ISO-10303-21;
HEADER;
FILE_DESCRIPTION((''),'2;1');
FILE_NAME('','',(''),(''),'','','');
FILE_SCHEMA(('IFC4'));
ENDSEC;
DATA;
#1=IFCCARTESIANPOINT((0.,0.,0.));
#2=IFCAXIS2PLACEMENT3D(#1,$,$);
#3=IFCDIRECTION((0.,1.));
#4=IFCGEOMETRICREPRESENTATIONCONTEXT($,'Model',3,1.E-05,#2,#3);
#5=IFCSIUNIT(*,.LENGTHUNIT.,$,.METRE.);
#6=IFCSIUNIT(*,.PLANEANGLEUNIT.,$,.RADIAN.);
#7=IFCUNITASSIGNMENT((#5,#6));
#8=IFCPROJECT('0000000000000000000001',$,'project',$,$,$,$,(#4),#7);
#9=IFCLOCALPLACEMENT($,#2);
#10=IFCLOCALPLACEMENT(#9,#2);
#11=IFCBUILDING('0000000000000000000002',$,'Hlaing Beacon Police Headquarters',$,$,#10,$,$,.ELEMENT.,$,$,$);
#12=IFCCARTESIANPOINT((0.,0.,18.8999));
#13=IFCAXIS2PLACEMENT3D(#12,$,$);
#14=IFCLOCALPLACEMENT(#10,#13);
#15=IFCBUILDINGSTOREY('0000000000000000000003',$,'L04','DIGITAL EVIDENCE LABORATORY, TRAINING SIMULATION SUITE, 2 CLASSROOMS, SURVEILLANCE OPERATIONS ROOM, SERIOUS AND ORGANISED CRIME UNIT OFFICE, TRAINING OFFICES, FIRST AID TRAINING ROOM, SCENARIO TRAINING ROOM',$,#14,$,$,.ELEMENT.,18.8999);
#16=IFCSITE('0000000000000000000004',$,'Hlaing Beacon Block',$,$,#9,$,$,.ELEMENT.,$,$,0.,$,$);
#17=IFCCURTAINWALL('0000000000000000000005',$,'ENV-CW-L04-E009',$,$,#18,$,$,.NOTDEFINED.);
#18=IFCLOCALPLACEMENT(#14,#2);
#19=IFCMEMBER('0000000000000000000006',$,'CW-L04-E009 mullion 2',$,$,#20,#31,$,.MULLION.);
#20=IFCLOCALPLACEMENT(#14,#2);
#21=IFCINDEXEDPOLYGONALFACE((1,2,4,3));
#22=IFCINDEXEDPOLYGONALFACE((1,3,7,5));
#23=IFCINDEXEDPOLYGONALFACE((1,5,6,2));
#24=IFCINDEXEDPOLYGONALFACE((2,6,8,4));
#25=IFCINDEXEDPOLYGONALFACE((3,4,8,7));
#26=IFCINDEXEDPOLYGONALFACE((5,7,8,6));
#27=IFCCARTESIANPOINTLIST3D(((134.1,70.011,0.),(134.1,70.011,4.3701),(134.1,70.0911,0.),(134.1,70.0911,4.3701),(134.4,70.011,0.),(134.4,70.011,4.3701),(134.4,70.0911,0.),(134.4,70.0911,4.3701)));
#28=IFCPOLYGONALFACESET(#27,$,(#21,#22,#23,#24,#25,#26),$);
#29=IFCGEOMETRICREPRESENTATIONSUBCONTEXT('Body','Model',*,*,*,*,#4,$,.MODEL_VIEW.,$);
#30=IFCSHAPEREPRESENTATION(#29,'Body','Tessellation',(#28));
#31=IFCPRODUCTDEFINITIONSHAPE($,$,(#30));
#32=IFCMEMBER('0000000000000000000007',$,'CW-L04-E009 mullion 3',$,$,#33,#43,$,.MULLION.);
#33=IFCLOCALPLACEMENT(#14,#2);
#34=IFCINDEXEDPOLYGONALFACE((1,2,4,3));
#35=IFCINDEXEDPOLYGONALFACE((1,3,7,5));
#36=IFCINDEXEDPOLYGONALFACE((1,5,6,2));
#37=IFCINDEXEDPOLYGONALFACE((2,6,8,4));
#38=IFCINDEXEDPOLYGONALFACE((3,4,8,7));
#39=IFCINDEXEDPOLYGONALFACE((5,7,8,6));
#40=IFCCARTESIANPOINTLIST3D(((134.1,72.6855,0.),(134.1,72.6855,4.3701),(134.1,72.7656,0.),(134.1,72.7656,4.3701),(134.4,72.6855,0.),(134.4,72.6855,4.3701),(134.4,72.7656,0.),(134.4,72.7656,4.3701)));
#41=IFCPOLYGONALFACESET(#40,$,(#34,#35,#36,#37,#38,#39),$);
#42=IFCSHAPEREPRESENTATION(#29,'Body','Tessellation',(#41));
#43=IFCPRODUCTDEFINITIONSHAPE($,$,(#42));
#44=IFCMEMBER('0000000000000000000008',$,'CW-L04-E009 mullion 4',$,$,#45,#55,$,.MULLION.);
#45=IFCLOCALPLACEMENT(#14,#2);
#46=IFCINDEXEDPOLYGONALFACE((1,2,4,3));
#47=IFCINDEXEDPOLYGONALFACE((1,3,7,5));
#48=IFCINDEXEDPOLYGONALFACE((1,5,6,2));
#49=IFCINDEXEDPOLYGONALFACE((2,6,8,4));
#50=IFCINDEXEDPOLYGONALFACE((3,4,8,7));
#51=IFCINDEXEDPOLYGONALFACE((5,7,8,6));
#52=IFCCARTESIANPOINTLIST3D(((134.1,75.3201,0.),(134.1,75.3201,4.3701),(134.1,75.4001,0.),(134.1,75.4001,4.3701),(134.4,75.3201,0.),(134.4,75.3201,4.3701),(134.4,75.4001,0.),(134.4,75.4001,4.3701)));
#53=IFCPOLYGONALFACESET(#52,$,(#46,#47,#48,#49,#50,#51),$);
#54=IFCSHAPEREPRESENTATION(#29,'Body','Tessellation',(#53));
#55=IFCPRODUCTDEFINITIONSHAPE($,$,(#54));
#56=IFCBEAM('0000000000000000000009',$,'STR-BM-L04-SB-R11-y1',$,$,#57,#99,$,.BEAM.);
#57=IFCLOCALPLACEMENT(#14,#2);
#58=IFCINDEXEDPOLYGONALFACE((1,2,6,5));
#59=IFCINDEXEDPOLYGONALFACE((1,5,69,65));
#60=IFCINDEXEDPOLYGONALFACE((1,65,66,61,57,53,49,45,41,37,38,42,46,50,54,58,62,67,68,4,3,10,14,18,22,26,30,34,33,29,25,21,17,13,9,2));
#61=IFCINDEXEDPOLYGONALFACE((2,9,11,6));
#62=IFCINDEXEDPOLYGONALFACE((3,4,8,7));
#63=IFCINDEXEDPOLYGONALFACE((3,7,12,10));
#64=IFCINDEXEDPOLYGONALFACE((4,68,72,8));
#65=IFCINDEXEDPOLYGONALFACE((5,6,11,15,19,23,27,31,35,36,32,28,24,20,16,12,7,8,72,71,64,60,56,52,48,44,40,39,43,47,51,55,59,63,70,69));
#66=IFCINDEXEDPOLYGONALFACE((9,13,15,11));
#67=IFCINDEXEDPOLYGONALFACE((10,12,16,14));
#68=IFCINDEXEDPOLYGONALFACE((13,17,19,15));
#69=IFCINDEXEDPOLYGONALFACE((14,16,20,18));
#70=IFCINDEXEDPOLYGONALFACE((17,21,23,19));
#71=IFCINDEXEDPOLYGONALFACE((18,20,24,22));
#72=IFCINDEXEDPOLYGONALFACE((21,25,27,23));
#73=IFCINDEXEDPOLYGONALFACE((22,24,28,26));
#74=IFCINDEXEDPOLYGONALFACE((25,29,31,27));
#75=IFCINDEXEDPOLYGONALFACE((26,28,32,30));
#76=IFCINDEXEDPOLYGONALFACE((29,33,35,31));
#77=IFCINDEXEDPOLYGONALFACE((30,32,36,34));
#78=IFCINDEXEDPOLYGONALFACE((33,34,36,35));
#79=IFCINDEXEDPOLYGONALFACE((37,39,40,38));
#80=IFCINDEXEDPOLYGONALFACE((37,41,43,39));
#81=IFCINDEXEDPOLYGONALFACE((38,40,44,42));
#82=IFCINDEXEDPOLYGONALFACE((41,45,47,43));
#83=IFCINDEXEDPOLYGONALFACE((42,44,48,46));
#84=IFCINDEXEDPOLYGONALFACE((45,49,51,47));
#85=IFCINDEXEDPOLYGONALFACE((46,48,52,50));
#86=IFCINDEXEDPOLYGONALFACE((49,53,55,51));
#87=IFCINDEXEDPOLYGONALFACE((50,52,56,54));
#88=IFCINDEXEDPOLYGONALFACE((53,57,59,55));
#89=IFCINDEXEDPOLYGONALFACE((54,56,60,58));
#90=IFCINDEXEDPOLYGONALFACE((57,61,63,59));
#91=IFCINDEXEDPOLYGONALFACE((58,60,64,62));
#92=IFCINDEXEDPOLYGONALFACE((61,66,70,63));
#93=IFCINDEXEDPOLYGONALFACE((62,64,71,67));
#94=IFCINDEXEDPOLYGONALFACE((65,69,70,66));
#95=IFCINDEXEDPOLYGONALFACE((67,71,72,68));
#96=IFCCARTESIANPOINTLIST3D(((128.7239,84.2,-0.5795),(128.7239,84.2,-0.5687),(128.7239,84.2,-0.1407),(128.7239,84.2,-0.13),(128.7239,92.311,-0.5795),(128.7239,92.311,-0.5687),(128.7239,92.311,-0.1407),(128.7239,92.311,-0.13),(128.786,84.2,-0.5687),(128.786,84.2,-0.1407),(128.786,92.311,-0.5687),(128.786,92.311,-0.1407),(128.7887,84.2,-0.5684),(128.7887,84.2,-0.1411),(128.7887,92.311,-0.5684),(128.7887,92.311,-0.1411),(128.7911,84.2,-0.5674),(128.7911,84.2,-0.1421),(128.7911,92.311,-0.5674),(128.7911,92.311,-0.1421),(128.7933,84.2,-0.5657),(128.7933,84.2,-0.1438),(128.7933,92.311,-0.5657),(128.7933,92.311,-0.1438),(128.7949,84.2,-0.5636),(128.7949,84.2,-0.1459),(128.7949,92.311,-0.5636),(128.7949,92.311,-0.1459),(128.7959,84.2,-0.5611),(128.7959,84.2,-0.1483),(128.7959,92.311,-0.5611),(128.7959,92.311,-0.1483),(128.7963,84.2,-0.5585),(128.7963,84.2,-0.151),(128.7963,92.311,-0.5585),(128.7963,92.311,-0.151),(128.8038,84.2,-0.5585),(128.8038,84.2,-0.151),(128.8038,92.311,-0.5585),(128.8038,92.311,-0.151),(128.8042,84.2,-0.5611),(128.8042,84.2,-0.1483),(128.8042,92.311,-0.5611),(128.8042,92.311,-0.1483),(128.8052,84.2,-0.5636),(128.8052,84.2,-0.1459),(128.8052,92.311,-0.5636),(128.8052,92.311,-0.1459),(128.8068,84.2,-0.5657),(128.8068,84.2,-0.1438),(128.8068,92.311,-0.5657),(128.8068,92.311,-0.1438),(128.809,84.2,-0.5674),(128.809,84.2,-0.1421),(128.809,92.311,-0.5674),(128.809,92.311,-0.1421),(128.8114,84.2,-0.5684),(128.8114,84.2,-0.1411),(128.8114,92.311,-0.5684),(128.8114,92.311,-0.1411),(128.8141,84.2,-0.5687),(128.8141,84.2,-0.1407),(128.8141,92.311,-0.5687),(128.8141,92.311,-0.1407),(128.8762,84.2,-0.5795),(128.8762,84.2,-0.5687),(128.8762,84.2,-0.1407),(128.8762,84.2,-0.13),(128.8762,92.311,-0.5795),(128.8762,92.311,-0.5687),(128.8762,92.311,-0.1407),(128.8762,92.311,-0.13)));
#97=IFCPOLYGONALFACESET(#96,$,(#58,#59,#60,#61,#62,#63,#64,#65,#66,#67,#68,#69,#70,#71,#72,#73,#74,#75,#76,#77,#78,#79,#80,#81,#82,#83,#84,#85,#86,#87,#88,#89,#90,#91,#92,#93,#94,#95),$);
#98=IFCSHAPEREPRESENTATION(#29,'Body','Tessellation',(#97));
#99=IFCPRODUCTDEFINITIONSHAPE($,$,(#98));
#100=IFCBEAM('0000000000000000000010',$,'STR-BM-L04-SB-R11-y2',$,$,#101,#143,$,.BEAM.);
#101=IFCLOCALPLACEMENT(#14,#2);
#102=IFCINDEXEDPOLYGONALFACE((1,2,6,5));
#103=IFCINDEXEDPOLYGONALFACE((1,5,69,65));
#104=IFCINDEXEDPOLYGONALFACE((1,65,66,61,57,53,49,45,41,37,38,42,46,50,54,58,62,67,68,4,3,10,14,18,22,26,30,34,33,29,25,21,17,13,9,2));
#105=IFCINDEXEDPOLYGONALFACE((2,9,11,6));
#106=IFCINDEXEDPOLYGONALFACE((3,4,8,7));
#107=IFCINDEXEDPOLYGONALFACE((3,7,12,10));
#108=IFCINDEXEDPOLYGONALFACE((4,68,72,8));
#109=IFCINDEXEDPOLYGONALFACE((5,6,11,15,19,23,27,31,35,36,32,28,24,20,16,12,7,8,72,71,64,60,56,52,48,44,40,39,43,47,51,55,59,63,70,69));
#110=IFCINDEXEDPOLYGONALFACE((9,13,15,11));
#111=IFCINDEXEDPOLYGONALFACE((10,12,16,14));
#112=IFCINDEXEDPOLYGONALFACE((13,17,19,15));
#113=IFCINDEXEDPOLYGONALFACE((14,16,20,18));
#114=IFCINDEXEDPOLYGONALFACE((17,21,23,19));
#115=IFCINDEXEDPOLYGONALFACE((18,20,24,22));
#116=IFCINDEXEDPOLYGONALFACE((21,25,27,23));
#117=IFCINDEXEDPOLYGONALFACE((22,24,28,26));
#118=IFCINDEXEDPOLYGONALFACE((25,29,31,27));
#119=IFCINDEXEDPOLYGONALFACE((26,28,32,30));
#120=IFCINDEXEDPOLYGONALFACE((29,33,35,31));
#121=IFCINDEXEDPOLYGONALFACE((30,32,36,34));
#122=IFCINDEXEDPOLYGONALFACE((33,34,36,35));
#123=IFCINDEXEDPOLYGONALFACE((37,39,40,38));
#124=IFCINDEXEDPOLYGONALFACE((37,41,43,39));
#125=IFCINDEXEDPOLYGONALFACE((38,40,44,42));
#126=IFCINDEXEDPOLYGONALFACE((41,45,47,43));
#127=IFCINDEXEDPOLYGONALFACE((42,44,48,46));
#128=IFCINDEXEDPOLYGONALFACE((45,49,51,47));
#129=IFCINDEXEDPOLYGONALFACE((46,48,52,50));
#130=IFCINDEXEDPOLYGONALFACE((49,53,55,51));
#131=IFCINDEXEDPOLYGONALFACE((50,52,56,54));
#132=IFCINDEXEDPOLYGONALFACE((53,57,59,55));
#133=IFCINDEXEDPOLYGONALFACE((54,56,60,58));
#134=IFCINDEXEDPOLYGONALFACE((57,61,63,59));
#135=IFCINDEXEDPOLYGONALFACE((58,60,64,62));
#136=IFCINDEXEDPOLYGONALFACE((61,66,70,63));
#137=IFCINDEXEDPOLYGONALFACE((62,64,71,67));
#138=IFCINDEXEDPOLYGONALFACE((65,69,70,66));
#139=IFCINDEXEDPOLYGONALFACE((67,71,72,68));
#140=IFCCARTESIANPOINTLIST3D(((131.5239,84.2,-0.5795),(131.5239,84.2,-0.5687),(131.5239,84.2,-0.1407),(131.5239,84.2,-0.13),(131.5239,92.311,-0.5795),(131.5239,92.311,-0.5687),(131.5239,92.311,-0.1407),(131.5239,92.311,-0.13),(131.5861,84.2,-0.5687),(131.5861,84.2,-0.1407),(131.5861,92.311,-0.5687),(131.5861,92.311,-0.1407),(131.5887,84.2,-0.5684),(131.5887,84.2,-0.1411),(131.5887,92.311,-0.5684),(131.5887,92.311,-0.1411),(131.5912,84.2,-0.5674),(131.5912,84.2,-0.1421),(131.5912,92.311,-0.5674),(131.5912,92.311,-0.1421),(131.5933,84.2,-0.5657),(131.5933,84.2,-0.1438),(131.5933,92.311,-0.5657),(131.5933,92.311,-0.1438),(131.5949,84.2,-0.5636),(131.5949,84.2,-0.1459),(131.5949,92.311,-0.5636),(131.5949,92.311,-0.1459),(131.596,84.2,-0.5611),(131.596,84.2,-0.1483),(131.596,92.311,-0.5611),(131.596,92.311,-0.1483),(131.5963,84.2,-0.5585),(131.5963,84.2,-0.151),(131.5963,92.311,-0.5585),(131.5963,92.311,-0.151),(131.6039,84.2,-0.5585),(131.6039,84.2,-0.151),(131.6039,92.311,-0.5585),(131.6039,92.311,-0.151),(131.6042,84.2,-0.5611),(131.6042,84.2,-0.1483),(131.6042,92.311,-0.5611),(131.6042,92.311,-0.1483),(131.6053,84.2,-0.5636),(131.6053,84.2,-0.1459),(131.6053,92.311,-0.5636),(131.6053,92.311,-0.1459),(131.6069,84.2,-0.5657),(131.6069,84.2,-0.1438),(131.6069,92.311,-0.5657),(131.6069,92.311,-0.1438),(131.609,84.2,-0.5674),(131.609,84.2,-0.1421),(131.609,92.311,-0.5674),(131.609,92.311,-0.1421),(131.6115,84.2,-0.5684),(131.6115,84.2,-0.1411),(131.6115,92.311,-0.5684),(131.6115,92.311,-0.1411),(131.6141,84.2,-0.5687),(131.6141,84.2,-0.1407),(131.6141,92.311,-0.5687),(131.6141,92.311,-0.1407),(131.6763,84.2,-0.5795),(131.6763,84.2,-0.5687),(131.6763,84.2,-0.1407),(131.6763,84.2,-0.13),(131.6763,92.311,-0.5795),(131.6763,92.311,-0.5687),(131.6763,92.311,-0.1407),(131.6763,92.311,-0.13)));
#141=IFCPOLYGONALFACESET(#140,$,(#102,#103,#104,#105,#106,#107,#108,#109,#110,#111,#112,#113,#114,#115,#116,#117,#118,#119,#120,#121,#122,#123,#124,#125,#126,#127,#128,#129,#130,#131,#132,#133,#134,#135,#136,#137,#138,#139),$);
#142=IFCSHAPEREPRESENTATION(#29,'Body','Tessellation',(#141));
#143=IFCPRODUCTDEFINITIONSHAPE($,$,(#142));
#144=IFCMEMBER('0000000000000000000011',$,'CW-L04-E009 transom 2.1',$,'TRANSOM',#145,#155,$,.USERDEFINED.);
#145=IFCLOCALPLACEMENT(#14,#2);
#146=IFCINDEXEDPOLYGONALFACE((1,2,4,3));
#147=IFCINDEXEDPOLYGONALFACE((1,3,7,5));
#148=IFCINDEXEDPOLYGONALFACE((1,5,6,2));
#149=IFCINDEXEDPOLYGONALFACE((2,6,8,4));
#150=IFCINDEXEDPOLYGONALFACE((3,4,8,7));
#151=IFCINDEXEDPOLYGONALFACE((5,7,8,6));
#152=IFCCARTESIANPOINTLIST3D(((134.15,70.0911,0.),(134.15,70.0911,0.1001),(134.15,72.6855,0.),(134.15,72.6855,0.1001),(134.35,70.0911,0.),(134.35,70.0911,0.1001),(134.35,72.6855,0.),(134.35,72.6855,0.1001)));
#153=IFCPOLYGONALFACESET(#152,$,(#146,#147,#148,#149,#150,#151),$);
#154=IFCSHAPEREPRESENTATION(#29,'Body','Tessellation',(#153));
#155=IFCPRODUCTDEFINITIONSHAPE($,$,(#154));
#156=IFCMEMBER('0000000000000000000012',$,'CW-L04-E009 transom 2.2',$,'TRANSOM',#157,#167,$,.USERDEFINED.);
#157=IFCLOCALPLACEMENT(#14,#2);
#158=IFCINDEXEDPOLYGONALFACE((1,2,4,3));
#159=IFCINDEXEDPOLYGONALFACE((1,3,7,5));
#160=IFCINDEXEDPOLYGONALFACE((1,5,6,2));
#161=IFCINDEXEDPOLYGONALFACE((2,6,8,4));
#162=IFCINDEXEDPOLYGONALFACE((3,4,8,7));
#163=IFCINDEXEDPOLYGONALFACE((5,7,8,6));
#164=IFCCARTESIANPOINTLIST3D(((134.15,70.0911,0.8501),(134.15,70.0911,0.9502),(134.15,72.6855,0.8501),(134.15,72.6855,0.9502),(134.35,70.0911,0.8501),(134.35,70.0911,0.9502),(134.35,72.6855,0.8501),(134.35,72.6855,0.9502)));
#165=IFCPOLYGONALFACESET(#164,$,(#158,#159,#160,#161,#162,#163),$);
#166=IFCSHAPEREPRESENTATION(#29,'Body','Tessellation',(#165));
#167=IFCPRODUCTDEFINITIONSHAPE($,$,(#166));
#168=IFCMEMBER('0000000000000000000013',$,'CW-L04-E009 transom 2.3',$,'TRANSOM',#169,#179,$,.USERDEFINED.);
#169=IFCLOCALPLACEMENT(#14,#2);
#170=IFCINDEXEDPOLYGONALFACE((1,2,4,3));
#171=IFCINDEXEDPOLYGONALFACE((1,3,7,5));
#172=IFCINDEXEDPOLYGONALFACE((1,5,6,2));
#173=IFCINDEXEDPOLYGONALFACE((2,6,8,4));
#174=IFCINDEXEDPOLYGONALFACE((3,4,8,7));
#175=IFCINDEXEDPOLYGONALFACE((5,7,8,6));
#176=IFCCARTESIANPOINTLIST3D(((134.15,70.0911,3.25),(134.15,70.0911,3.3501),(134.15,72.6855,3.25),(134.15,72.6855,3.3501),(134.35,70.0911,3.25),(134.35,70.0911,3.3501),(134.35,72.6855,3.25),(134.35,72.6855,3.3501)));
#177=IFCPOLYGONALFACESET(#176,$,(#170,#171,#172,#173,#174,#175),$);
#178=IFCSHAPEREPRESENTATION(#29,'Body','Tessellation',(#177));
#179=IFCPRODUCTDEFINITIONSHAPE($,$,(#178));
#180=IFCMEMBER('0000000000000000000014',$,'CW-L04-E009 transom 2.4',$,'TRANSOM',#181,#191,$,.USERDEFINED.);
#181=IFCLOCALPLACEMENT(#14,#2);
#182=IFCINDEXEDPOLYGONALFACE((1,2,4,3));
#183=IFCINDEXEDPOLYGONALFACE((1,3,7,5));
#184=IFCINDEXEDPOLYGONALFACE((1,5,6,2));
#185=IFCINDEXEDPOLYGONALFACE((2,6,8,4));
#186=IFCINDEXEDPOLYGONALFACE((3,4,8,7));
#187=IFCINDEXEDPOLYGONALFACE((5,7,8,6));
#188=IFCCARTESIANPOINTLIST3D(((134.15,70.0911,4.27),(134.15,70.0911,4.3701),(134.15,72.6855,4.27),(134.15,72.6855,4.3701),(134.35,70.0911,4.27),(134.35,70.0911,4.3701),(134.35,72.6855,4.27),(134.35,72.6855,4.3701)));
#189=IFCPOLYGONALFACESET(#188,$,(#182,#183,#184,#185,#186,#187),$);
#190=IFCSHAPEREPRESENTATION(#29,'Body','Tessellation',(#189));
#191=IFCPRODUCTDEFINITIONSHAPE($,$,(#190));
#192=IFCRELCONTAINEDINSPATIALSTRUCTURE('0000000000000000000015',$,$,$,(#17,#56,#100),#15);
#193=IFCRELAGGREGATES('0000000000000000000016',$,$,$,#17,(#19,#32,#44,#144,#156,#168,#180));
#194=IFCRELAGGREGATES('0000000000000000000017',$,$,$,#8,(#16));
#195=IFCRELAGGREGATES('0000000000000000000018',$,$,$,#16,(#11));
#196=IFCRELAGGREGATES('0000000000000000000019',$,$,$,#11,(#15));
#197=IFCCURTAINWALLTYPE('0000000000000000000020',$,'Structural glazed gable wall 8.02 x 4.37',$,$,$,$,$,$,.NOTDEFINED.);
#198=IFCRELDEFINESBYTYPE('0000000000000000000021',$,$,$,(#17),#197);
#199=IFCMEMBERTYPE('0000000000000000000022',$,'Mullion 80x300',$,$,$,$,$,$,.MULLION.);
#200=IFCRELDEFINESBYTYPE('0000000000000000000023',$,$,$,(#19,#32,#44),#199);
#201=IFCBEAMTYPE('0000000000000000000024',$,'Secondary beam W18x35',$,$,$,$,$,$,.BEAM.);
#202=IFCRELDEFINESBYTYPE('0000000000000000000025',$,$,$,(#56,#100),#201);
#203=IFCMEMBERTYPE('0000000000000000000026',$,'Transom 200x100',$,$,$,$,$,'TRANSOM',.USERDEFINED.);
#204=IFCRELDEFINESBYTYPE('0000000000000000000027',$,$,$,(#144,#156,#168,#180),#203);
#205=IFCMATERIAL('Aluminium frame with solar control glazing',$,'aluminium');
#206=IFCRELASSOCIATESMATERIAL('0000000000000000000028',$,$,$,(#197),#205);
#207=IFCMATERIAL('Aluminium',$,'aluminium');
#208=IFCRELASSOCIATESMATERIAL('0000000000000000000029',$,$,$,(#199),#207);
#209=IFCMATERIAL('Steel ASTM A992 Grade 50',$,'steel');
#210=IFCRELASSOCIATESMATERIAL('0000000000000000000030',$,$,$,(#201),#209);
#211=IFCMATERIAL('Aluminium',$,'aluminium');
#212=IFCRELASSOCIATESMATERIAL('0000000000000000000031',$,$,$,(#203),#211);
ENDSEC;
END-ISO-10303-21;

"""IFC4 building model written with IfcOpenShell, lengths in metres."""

from ifc_helpers import new_model, si_unit, direction, frame, origin, origin_2d, place, context, subcontext, project, spatial, rectangle, i_section, extrude, material, material_profile, profile_set, type_object, element, aggregate, save


model = new_model("IFC4")

# Units and contexts
model_context = context("Model", 3, precision=1e-05, world=origin(), true_north=direction((0.0, 1.0)))
body_context = subcontext(model_context, "Body", "Model", "MODEL_VIEW")
ifc_project = project(units=[si_unit("LENGTHUNIT", "METRE"), si_unit("PLANEANGLEUNIT", "RADIAN")], contexts=[model_context])

# Site, building, storey
site_placement = place(None, origin())
site = spatial("IfcSite", under=ifc_project, at=site_placement, Name="Hlaing Beacon Block", CompositionType="ELEMENT", RefElevation=0.0)
building_placement = place(site_placement, origin())
building = spatial("IfcBuilding", under=site, at=building_placement, Name="Hlaing Beacon Police Headquarters", CompositionType="ELEMENT")
storey_placement = place(building_placement, frame((0.0, 0.0, 18.8999)))
storey = spatial("IfcBuildingStorey", under=building, at=storey_placement, Name="L04", Description="DIGITAL EVIDENCE LABORATORY, TRAINING SIMULATION SUITE, 2 CLASSROOMS, SURVEILLANCE OPERATIONS ROOM, SERIOUS AND ORGANISED CRIME UNIT OFFICE, TRAINING OFFICES, FIRST AID TRAINING ROOM, SCENARIO TRAINING ROOM", CompositionType="ELEMENT", Elevation=18.8999)

# Curtain wall, members
ifc_material_1 = material(Name="Aluminium frame with solar control glazing", Category="aluminium")
curtain_wall_type = type_object("IfcCurtainWallType", Name="Structural glazed gable wall 8.02 x 4.37", PredefinedType="NOTDEFINED", material=ifc_material_1)
curtain_wall_placement = place(storey_placement, origin())
curtain_wall = element("IfcCurtainWall", 1, at=curtain_wall_placement, inside=storey, type_object=curtain_wall_type, Name="ENV-CW-L04-E009", PredefinedType="NOTDEFINED")
ifc_material_2 = material(Name="Aluminium", Category="aluminium")
ifc_material_profile_1 = material_profile(ifc_material_2, rectangle(XDim=0.3, YDim=0.0801, at=origin_2d()), Name="Mullion 80x300")
ifc_profile_set_1 = profile_set([ifc_material_profile_1], Name="Aluminium")
member_type_1 = type_object("IfcMemberType", Name="Mullion 80x300", PredefinedType="MULLION", material=ifc_profile_set_1)
member_1_placement = place(storey_placement, frame((134.25, 70.051, 0.0), z_axis=(0.0, 0.0, 1.0), x_axis=(-1.0, 0.0, 0.0)))
member_1 = element("IfcMember", 2, at=member_1_placement, type_object=member_type_1, Name="CW-L04-E009 mullion 2", PredefinedType="MULLION", context=body_context, shape_type="SweptSolid", body=[
    extrude(rectangle(XDim=0.3, YDim=0.0801, at=origin_2d()), origin(), (0.0, 0.0, 1.0), 4.3701),
])
member_2_placement = place(storey_placement, frame((134.25, 72.7256, 0.0), z_axis=(0.0, 0.0, 1.0), x_axis=(-1.0, 0.0, 0.0)))
member_2 = element("IfcMember", 3, at=member_2_placement, type_object=member_type_1, Name="CW-L04-E009 mullion 3", PredefinedType="MULLION", context=body_context, shape_type="SweptSolid", body=[
    extrude(rectangle(XDim=0.3, YDim=0.0801, at=origin_2d()), origin(), (0.0, 0.0, 1.0), 4.3701),
])
member_3_placement = place(storey_placement, frame((134.25, 75.3601, 0.0), z_axis=(0.0, 0.0, 1.0), x_axis=(-1.0, 0.0, 0.0)))
member_3 = element("IfcMember", 4, at=member_3_placement, type_object=member_type_1, Name="CW-L04-E009 mullion 4", PredefinedType="MULLION", context=body_context, shape_type="SweptSolid", body=[
    extrude(rectangle(XDim=0.3, YDim=0.0801, at=origin_2d()), origin(), (0.0, 0.0, 1.0), 4.3701),
])

# Beams
ifc_material_3 = material(Name="Steel ASTM A992 Grade 50", Category="steel")
ifc_material_profile_2 = material_profile(ifc_material_3, i_section(OverallWidth=0.1523, OverallDepth=0.4495, WebThickness=0.0076, FlangeThickness=0.0107, FilletRadius=0.0103, at=origin_2d()), Name="W18x35")
ifc_profile_set_2 = profile_set([ifc_material_profile_2], Name="Steel ASTM A992 Grade 50")
beam_type = type_object("IfcBeamType", Name="Secondary beam W18x35", PredefinedType="BEAM", material=ifc_profile_set_2)
for number, where, z_axis, x_axis, name in (
    (5, (128.8, 84.2, -0.3547), (0.0, 1.0, 0.0), (-1.0, 0.0, 0.0), "STR-BM-L04-SB-R11-y1"),
    (6, (131.6001, 84.2, -0.3547), (0.0, 1.0, 0.0), (-1.0, 0.0, 0.0), "STR-BM-L04-SB-R11-y2"),
):
    element("IfcBeam", number, at=place(storey_placement, frame(where, z_axis=z_axis, x_axis=x_axis)), inside=storey, type_object=beam_type, Name=name, PredefinedType="BEAM", context=body_context, shape_type="SweptSolid", body=[
        extrude(i_section(OverallWidth=0.1523, OverallDepth=0.4495, WebThickness=0.0076, FlangeThickness=0.0107, FilletRadius=0.0103, at=origin_2d()), origin(), (0.0, 0.0, 1.0), 8.1111),
    ])

# Members
ifc_material_4 = material(Name="Aluminium", Category="aluminium")
ifc_material_profile_3 = material_profile(ifc_material_4, rectangle(XDim=0.2, YDim=0.1001, at=origin_2d()), Name="Transom 200x100")
ifc_profile_set_3 = profile_set([ifc_material_profile_3], Name="Aluminium")
member_type_2 = type_object("IfcMemberType", Name="Transom 200x100", ElementType="TRANSOM", PredefinedType="USERDEFINED", material=ifc_profile_set_3)
member_4_placement = place(storey_placement, frame((134.25, 70.0911, 0.05), z_axis=(0.0, 1.0, 0.0), x_axis=(-1.0, 0.0, 0.0)))
member_4 = element("IfcMember", 7, at=member_4_placement, type_object=member_type_2, Name="CW-L04-E009 transom 2.1", ObjectType="TRANSOM", PredefinedType="USERDEFINED", context=body_context, shape_type="SweptSolid", body=[
    extrude(rectangle(XDim=0.2, YDim=0.1001, at=origin_2d()), origin(), (0.0, 0.0, 1.0), 2.5945),
])
member_5_placement = place(storey_placement, frame((134.25, 70.0911, 0.9001), z_axis=(0.0, 1.0, 0.0), x_axis=(-1.0, 0.0, 0.0)))
member_5 = element("IfcMember", 8, at=member_5_placement, type_object=member_type_2, Name="CW-L04-E009 transom 2.2", ObjectType="TRANSOM", PredefinedType="USERDEFINED", context=body_context, shape_type="SweptSolid", body=[
    extrude(rectangle(XDim=0.2, YDim=0.1001, at=origin_2d()), origin(), (0.0, 0.0, 1.0), 2.5945),
])
member_6_placement = place(storey_placement, frame((134.25, 70.0911, 3.3), z_axis=(0.0, 1.0, 0.0), x_axis=(-1.0, 0.0, 0.0)))
member_6 = element("IfcMember", 9, at=member_6_placement, type_object=member_type_2, Name="CW-L04-E009 transom 2.3", ObjectType="TRANSOM", PredefinedType="USERDEFINED", context=body_context, shape_type="SweptSolid", body=[
    extrude(rectangle(XDim=0.2, YDim=0.1001, at=origin_2d()), origin(), (0.0, 0.0, 1.0), 2.5945),
])
member_7_placement = place(storey_placement, frame((134.25, 70.0911, 4.3201), z_axis=(0.0, 1.0, 0.0), x_axis=(-1.0, 0.0, 0.0)))
member_7 = element("IfcMember", 10, at=member_7_placement, type_object=member_type_2, Name="CW-L04-E009 transom 2.4", ObjectType="TRANSOM", PredefinedType="USERDEFINED", context=body_context, shape_type="SweptSolid", body=[
    extrude(rectangle(XDim=0.2, YDim=0.1001, at=origin_2d()), origin(), (0.0, 0.0, 1.0), 2.5945),
])

aggregate(curtain_wall, [member_1, member_2, member_3, member_4, member_5, member_6, member_7])

save(model, "model.ifc")
